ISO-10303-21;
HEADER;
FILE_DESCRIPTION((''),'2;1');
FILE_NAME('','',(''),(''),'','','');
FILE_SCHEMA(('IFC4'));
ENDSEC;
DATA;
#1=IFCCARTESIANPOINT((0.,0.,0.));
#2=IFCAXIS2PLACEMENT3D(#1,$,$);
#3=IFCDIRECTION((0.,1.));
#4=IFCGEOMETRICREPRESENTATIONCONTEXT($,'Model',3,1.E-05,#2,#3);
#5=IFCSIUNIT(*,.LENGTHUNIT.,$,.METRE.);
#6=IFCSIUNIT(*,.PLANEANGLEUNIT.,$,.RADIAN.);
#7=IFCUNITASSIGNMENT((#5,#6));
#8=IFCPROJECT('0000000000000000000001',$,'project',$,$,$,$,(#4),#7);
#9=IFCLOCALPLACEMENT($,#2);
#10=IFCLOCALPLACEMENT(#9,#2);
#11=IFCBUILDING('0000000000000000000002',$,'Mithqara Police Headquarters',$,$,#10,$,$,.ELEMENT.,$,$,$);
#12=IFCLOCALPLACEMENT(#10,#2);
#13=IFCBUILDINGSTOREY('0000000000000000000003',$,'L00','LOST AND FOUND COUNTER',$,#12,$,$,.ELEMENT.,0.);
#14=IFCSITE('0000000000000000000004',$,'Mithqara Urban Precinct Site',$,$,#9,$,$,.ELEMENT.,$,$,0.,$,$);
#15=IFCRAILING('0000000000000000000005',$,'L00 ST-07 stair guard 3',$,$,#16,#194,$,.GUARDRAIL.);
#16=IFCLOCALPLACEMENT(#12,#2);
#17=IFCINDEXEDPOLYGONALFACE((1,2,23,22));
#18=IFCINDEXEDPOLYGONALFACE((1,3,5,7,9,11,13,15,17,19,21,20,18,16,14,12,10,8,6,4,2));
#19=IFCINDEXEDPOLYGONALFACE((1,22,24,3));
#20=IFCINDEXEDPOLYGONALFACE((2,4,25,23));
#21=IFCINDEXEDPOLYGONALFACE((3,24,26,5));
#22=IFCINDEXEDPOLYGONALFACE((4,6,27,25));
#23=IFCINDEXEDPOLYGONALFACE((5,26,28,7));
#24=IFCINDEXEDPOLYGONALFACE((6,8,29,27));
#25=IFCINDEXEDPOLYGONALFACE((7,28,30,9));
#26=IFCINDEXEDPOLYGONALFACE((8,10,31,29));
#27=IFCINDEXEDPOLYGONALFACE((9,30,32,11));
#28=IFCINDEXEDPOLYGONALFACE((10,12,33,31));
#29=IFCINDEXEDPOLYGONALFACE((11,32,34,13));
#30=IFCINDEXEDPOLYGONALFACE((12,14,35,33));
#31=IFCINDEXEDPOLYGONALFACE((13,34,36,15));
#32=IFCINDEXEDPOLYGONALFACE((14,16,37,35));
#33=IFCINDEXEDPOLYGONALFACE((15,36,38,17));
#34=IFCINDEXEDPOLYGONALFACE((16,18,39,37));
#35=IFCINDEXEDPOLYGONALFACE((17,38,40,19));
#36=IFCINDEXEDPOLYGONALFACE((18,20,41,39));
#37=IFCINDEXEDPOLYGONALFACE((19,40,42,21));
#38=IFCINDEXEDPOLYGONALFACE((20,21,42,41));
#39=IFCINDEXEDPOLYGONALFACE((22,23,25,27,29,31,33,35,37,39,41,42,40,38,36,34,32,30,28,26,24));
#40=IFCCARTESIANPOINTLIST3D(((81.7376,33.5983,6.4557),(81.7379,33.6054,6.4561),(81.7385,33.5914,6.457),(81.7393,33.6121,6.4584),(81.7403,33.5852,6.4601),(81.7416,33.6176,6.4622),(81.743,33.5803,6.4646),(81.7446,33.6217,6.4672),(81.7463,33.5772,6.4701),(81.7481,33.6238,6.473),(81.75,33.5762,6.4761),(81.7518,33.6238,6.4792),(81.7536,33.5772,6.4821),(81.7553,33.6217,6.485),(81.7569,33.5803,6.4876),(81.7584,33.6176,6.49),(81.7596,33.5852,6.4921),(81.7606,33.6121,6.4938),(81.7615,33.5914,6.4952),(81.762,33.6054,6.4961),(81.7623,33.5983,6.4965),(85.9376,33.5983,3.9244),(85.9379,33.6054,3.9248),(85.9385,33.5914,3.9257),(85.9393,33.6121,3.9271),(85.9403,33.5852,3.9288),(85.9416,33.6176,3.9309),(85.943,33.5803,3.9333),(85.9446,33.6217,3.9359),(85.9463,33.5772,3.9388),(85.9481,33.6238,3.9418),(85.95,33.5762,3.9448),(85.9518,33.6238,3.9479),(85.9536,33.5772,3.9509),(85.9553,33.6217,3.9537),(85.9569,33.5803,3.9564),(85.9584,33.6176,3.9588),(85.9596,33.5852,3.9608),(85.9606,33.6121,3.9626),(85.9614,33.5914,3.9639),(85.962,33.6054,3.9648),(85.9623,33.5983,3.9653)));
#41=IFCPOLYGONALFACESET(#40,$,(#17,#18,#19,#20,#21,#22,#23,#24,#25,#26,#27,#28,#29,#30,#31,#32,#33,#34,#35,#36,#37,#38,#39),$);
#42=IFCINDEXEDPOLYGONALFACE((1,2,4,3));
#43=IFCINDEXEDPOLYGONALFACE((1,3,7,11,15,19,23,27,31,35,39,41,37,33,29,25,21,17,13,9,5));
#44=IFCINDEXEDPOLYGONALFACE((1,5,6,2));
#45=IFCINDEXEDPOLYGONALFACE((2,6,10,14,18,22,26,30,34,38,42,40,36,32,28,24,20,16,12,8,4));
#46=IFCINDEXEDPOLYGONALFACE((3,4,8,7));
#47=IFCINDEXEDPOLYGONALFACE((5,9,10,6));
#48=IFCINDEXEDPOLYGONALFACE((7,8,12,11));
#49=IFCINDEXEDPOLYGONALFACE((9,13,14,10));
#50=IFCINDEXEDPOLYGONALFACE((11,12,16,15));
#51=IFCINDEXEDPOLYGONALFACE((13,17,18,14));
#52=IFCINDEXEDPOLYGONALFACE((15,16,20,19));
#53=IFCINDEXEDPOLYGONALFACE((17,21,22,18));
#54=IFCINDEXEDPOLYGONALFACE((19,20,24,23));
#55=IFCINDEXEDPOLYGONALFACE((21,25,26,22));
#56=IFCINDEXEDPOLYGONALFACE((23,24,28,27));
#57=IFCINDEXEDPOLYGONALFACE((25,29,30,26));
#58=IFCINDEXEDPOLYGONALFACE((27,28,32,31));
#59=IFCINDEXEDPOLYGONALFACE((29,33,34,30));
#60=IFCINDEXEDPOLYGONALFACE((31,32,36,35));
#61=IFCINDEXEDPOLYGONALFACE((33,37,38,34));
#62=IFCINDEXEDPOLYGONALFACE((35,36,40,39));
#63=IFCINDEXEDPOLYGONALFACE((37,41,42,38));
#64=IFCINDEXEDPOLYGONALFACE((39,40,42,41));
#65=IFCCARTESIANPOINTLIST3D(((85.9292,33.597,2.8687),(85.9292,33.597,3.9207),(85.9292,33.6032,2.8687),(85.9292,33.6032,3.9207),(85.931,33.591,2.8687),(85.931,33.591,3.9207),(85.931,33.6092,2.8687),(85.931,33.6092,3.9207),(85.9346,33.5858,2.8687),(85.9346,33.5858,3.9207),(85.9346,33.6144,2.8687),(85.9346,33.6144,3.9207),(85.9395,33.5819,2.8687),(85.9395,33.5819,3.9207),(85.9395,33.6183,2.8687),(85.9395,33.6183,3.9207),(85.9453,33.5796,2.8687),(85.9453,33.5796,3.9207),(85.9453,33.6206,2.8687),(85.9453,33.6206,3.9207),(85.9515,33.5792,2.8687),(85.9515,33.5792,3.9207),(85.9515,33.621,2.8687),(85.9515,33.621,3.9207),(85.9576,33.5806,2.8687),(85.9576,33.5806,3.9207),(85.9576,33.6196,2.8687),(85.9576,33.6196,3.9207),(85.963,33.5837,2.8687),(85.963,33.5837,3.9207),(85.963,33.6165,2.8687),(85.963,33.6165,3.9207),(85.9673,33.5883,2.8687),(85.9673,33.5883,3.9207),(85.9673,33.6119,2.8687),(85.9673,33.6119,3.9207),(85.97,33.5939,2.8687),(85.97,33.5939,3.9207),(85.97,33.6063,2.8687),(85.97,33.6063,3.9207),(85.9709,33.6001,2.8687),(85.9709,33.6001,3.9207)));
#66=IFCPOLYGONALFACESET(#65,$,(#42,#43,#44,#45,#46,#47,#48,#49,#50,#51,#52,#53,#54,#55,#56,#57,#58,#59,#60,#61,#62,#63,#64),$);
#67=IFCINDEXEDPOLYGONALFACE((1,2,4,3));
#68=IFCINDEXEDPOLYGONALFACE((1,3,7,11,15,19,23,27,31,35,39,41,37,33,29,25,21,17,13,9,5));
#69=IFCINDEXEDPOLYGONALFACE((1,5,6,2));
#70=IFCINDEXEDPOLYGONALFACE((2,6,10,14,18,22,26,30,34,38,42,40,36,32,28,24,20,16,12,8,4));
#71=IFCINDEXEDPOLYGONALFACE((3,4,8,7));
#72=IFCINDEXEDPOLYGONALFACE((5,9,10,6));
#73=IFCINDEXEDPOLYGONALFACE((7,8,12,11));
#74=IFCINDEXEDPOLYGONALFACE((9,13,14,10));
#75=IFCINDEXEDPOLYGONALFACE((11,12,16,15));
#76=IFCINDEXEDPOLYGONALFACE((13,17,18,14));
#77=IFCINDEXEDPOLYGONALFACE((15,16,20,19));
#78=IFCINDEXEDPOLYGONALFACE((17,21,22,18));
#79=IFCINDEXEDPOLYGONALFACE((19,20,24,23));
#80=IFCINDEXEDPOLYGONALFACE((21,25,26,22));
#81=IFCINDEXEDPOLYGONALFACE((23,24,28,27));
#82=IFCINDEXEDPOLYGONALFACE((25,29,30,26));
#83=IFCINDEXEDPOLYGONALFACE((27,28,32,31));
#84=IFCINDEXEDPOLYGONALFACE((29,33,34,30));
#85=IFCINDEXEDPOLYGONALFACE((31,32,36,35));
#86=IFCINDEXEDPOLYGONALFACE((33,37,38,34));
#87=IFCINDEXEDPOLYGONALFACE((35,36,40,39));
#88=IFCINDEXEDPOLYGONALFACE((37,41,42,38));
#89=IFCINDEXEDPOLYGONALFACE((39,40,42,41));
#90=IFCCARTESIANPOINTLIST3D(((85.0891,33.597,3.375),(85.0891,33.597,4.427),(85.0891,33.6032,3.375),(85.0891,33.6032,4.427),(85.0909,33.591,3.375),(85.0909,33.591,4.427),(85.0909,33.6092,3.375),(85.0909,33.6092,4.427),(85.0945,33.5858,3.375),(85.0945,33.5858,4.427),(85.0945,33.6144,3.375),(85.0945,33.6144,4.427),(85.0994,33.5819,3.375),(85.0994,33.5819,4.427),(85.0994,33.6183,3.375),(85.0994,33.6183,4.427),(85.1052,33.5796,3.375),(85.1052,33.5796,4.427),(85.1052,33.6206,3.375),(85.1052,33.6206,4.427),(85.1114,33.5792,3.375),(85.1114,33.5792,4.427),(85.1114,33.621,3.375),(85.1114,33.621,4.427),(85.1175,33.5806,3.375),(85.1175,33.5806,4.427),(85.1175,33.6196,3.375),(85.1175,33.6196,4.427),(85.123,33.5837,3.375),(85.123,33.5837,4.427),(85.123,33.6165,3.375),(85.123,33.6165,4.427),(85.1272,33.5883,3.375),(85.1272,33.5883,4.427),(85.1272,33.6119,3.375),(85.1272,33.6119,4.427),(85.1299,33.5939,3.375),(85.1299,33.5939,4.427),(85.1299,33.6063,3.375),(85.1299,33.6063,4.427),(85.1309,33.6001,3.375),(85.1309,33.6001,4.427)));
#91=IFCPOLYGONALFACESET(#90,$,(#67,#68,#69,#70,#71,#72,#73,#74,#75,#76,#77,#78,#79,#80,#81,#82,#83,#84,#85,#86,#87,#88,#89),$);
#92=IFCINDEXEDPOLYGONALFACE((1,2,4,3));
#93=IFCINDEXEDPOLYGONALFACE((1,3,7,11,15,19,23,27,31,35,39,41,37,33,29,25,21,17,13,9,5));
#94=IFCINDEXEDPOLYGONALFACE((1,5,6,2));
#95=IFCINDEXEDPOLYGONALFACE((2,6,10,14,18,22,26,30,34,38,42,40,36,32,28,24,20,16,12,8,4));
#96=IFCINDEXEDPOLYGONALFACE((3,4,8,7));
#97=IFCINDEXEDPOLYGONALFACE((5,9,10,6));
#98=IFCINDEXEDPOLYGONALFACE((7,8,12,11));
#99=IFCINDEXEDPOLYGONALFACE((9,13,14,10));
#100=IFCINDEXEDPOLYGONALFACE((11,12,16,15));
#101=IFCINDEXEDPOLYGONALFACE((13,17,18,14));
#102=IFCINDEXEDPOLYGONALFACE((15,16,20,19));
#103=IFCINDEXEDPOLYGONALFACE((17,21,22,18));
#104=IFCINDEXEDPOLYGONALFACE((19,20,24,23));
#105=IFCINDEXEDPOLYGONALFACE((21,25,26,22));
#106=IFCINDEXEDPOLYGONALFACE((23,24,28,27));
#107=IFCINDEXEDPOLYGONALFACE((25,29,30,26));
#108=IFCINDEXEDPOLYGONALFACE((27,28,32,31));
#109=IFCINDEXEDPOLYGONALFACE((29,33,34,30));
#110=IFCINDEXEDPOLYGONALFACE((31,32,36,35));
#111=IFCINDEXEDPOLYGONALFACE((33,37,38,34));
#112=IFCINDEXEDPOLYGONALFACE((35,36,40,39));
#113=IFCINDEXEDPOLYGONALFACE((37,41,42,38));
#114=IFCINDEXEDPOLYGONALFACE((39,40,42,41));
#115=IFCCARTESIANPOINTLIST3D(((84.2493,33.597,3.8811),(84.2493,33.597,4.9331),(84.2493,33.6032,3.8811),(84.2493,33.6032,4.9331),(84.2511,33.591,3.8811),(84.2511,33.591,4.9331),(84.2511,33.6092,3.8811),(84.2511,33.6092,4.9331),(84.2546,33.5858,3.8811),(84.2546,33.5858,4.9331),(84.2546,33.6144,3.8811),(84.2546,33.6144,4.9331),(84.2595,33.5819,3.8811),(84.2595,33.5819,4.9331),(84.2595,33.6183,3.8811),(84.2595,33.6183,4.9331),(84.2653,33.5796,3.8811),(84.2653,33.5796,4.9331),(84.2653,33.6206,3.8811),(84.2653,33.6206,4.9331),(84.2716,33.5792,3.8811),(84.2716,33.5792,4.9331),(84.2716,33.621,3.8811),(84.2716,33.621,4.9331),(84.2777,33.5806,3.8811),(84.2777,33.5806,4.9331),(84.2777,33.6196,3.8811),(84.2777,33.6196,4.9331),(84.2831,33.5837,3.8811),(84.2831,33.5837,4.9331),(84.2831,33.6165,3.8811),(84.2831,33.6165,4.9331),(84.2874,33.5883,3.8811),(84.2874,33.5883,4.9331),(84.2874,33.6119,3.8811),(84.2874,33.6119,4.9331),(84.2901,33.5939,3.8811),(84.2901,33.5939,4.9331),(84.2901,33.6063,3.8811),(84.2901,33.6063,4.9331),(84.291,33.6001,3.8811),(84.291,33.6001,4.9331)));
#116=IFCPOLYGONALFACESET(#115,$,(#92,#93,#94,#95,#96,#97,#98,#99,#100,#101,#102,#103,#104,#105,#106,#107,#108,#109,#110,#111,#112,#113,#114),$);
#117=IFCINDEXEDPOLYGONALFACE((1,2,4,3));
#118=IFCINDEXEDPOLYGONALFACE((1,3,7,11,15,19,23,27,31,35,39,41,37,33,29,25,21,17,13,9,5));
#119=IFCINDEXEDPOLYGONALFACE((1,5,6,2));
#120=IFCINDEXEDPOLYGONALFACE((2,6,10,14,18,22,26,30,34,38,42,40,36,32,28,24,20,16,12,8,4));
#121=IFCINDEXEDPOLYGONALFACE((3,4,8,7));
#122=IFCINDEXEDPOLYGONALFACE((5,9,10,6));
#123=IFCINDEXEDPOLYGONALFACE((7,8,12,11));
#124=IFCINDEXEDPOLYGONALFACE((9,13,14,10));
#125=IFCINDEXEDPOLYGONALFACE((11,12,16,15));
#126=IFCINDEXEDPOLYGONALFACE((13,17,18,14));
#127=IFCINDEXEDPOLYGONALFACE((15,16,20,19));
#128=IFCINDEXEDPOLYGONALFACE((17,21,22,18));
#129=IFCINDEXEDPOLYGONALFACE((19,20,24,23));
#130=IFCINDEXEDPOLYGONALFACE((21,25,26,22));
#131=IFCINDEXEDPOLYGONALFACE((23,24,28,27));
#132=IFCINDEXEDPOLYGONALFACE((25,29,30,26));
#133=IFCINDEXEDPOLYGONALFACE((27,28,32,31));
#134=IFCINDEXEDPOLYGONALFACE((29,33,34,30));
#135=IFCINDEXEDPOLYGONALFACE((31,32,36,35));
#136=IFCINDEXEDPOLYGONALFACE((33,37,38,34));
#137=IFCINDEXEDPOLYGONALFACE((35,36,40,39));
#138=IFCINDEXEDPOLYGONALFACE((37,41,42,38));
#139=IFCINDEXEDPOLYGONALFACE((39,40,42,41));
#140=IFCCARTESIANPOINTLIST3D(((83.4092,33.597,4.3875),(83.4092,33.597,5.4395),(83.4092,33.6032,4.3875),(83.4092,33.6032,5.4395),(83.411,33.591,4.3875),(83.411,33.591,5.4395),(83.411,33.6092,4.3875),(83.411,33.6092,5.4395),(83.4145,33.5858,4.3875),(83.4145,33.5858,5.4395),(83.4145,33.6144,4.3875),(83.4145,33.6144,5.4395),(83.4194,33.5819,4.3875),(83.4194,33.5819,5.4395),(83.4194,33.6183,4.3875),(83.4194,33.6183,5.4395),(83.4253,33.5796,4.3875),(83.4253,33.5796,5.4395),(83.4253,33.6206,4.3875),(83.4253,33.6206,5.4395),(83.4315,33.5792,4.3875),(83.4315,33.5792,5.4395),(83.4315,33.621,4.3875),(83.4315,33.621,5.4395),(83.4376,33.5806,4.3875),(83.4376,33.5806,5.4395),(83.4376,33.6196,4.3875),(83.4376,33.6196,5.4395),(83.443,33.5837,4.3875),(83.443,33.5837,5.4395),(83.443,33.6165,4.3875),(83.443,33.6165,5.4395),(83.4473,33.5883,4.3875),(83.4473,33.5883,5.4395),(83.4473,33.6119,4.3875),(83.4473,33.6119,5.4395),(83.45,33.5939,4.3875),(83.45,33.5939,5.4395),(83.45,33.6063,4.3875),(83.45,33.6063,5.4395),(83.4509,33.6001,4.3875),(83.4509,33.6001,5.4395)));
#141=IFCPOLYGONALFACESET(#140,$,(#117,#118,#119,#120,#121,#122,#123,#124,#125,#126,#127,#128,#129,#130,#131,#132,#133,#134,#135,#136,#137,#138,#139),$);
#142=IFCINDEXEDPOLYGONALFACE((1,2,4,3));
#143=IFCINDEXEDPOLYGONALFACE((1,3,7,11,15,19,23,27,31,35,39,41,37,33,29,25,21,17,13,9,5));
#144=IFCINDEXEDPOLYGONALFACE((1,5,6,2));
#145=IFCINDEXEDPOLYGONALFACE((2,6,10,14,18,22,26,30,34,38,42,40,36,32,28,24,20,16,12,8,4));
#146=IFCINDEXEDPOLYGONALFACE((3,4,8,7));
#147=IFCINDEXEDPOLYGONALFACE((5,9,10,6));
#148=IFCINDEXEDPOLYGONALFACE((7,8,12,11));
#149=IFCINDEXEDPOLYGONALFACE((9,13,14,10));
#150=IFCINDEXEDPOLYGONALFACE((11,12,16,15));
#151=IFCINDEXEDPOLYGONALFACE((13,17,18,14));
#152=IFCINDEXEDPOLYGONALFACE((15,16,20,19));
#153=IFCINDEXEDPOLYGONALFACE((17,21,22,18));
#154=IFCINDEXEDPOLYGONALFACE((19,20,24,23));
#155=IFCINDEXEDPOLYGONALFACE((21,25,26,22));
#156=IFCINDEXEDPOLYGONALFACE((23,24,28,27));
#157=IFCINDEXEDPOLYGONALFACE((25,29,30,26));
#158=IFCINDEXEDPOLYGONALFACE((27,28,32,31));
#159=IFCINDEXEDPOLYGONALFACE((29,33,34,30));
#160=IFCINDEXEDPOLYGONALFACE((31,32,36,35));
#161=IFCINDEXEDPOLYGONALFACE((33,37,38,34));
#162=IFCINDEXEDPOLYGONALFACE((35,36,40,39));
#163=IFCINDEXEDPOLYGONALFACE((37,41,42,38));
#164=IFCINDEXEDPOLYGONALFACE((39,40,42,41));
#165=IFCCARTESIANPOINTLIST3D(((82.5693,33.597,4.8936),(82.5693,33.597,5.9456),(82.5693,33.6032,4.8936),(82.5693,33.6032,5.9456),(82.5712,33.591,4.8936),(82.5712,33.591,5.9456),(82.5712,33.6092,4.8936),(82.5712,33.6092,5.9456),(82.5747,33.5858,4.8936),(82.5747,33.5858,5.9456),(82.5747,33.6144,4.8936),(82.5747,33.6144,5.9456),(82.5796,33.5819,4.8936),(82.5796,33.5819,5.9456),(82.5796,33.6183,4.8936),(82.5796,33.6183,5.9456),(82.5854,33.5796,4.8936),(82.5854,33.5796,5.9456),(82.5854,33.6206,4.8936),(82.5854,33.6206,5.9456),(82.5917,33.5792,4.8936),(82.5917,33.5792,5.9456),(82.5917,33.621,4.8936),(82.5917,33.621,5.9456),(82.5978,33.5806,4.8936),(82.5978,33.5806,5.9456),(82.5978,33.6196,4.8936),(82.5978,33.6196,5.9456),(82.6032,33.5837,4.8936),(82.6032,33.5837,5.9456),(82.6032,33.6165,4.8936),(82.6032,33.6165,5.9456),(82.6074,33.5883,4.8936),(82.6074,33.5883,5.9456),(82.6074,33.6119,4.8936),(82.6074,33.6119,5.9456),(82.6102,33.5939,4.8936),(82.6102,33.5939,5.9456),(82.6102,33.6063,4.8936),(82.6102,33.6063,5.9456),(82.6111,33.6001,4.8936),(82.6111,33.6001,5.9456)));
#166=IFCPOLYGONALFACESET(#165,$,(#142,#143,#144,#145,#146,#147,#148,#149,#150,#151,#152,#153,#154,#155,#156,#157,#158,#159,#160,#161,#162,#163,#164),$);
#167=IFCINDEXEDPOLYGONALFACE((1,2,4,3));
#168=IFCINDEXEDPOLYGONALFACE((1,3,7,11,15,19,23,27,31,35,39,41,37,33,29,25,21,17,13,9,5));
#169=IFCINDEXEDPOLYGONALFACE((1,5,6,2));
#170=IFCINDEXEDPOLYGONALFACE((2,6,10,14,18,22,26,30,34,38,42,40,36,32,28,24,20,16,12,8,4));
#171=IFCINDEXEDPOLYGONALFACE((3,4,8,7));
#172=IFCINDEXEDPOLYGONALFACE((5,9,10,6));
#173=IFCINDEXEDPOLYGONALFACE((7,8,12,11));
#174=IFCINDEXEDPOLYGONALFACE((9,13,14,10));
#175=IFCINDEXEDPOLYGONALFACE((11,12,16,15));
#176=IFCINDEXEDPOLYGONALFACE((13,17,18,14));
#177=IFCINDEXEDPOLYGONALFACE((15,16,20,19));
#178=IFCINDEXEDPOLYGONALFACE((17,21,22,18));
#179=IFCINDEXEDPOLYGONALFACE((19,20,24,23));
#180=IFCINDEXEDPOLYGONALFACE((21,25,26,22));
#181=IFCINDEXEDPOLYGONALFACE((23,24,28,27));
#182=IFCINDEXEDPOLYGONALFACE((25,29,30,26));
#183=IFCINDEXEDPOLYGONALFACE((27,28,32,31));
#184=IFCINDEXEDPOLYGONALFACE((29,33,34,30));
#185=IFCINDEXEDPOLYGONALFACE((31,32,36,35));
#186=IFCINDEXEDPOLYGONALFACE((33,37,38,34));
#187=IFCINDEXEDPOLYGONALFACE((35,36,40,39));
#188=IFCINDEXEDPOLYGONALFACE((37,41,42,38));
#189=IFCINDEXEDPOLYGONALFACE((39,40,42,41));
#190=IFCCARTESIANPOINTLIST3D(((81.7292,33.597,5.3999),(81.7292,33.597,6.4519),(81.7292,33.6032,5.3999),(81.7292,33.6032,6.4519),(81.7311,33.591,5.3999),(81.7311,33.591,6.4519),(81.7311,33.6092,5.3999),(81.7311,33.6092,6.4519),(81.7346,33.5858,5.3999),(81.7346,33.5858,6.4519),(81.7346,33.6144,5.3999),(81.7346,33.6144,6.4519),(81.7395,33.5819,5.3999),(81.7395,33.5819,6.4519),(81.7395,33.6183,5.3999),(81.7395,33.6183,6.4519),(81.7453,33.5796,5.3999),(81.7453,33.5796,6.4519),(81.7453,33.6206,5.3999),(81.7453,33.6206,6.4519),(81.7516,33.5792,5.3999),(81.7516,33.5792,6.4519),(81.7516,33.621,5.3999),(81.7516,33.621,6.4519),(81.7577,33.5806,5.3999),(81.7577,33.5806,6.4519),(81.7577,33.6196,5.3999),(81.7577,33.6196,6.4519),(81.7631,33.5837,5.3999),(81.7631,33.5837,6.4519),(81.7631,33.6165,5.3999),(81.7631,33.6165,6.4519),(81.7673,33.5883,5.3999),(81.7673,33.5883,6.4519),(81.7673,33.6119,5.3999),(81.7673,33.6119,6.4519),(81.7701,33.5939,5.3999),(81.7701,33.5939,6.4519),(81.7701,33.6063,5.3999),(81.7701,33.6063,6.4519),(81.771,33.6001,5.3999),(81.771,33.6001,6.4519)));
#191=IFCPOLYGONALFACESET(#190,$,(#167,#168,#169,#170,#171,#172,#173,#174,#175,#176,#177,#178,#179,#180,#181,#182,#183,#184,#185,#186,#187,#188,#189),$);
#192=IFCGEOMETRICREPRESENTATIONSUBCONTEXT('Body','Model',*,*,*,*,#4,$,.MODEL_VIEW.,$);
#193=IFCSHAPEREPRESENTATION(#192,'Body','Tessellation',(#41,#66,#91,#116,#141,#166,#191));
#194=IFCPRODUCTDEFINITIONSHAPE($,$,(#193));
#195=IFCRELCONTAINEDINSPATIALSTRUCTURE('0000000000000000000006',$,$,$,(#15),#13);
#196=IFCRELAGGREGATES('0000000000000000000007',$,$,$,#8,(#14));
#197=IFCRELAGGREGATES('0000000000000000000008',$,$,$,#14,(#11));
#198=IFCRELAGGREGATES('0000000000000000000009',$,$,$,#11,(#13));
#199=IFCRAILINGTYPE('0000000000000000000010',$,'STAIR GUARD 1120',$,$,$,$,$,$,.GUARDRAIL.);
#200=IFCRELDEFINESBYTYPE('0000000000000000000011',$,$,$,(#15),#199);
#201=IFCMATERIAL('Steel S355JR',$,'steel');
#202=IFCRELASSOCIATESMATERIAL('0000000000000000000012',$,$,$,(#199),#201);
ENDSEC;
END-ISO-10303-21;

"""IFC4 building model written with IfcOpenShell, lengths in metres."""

from ifc_helpers import new_model, si_unit, direction, frame, origin, origin_2d, place, context, subcontext, project, spatial, circle, extrude, material, type_object, element, save


model = new_model("IFC4")

# Units and contexts
model_context = context("Model", 3, precision=1e-05, world=origin(), true_north=direction((0.0, 1.0)))
body_context = subcontext(model_context, "Body", "Model", "MODEL_VIEW")
ifc_project = project(units=[si_unit("LENGTHUNIT", "METRE"), si_unit("PLANEANGLEUNIT", "RADIAN")], contexts=[model_context])

# Site, building, storey
site_placement = place(None, origin())
site = spatial("IfcSite", under=ifc_project, at=site_placement, Name="Mithqara Urban Precinct Site", CompositionType="ELEMENT", RefElevation=0.0)
building_placement = place(site_placement, origin())
building = spatial("IfcBuilding", under=site, at=building_placement, Name="Mithqara Police Headquarters", CompositionType="ELEMENT")
storey_placement = place(building_placement, origin())
storey = spatial("IfcBuildingStorey", under=building, at=storey_placement, Name="L00", Description="LOST AND FOUND COUNTER", CompositionType="ELEMENT", Elevation=0.0)

# Shared definitions
ifc_material_1 = material(Name="Steel S355JR", Category="steel")

# Railing
railing_type_1 = type_object("IfcRailingType", Name="STAIR GUARD 1120", PredefinedType="GUARDRAIL", material=ifc_material_1)
railing_1_placement = place(storey_placement, frame((85.95, 33.6001, 2.8687)))
element("IfcRailing", 1, at=railing_1_placement, inside=storey, type_object=railing_type_1, Name="L00 ST-07 stair guard 3", PredefinedType="GUARDRAIL", context=body_context, shape_type="SweptSolid", body=[
    extrude(circle(Radius=0.0239, at=origin_2d()), frame((0.0, 0.0, 1.0762), z_axis=(-0.856476, 0.0, 0.516186), x_axis=(0.0, -1.0, 0.0)), (0.0, 0.0, 1.0), 4.9038),
    extrude(circle(Radius=0.021, at=origin_2d()), origin(), (0.0, 0.0, 1.0), 1.052),
    extrude(circle(Radius=0.021, at=origin_2d()), frame((-0.8401, 0.0, 0.5063)), (0.0, 0.0, 1.0), 1.052),
    extrude(circle(Radius=0.021, at=origin_2d()), frame((-1.6799, 0.0, 1.0125)), (0.0, 0.0, 1.0), 1.052),
    extrude(circle(Radius=0.021, at=origin_2d()), frame((-2.52, 0.0, 1.5188)), (0.0, 0.0, 1.0), 1.052),
    extrude(circle(Radius=0.021, at=origin_2d()), frame((-3.3599, 0.0, 2.0249)), (0.0, 0.0, 1.0), 1.052),
    extrude(circle(Radius=0.021, at=origin_2d()), frame((-4.2, 0.0, 2.5312)), (0.0, 0.0, 1.0), 1.052),
])

save(model, "model.ifc")
